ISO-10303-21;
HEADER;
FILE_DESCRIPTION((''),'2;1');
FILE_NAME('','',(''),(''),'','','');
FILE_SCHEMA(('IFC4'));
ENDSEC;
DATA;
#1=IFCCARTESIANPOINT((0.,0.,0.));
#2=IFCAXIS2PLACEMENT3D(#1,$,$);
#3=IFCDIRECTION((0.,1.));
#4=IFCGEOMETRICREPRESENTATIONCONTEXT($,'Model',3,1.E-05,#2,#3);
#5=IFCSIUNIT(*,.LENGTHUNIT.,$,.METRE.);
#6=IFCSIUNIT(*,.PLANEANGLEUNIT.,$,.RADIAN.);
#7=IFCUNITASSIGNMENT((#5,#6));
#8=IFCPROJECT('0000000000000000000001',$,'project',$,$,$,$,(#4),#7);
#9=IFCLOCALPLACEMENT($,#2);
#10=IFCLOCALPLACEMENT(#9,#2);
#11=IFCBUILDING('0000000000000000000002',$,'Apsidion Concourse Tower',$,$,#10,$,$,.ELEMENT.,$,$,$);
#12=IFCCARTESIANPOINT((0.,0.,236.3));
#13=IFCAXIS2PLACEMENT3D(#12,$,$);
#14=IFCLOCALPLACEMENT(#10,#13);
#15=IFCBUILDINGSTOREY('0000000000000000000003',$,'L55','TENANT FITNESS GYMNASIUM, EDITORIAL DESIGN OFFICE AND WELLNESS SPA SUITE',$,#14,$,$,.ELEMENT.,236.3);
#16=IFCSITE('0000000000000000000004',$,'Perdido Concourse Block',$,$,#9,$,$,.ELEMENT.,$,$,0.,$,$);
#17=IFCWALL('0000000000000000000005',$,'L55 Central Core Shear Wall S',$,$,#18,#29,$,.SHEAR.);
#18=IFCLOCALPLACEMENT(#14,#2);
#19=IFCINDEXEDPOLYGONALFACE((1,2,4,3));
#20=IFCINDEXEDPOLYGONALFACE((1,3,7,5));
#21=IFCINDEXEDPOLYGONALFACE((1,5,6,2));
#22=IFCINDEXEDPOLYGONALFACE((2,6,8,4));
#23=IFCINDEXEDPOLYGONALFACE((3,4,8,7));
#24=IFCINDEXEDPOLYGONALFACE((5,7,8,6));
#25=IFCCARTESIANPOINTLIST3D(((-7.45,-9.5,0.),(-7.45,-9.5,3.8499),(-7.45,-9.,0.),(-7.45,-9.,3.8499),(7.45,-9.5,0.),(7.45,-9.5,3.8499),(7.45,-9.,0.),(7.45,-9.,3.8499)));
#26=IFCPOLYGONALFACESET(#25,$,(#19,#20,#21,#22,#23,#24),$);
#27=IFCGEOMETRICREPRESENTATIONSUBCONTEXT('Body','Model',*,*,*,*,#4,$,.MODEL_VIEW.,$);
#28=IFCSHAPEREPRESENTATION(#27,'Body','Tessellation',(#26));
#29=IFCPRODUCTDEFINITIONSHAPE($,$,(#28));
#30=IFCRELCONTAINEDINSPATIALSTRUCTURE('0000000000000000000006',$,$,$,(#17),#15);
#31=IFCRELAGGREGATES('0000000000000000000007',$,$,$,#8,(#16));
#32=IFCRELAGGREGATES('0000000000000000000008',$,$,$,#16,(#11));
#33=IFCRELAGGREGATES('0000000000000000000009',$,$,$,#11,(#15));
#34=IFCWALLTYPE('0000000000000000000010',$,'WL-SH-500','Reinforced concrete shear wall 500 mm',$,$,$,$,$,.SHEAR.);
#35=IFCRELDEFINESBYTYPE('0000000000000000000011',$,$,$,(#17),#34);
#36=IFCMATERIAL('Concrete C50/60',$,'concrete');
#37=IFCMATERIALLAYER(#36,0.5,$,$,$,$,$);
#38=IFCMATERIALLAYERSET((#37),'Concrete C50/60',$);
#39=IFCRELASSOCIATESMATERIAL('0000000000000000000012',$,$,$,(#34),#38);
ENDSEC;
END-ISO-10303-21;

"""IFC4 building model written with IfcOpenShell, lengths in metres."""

from ifc_helpers import new_model, si_unit, direction, frame, frame_2d, origin, place, context, subcontext, project, spatial, rectangle, extrude, material, layer, layer_set, type_object, element, save


model = new_model("IFC4")

# Units and contexts
model_context = context("Model", 3, precision=1e-05, world=origin(), true_north=direction((0.0, 1.0)))
body_context = subcontext(model_context, "Body", "Model", "MODEL_VIEW")
ifc_project = project(units=[si_unit("LENGTHUNIT", "METRE"), si_unit("PLANEANGLEUNIT", "RADIAN")], contexts=[model_context])

# Site, building, storey
site_placement = place(None, origin())
site = spatial("IfcSite", under=ifc_project, at=site_placement, Name="Perdido Concourse Block", CompositionType="ELEMENT", RefElevation=0.0)
building_placement = place(site_placement, origin())
building = spatial("IfcBuilding", under=site, at=building_placement, Name="Apsidion Concourse Tower", CompositionType="ELEMENT")
storey_placement = place(building_placement, frame((0.0, 0.0, 236.3)))
storey = spatial("IfcBuildingStorey", under=building, at=storey_placement, Name="L55", Description="TENANT FITNESS GYMNASIUM, EDITORIAL DESIGN OFFICE AND WELLNESS SPA SUITE", CompositionType="ELEMENT", Elevation=236.3)

# Shared definitions
ifc_material_1 = material(Name="Concrete C50/60", Category="concrete")

# Shared definitions
ifc_layer_1 = layer(ifc_material_1, 0.5)
ifc_layer_set_1 = layer_set([ifc_layer_1], Name="Concrete C50/60")
wall_type_1 = type_object("IfcWallType", Name="WL-SH-500", Description="Reinforced concrete shear wall 500 mm", PredefinedType="SHEAR", material=ifc_layer_set_1)

# Wall
wall_1_placement = place(storey_placement, frame((-7.45, -9.25, 0.0), z_axis=(0.0, 0.0, 1.0), x_axis=(1.0, 0.0, 0.0)))
element("IfcWall", 1, at=wall_1_placement, inside=storey, type_object=wall_type_1, Name="L55 Central Core Shear Wall S", PredefinedType="SHEAR", context=body_context, shape_type="SweptSolid", body=[
    extrude(rectangle(XDim=14.8999, YDim=0.5, at=frame_2d((7.45, 0.0))), origin(), (0.0, 0.0, 1.0), 3.8499),
])

save(model, "model.ifc")
